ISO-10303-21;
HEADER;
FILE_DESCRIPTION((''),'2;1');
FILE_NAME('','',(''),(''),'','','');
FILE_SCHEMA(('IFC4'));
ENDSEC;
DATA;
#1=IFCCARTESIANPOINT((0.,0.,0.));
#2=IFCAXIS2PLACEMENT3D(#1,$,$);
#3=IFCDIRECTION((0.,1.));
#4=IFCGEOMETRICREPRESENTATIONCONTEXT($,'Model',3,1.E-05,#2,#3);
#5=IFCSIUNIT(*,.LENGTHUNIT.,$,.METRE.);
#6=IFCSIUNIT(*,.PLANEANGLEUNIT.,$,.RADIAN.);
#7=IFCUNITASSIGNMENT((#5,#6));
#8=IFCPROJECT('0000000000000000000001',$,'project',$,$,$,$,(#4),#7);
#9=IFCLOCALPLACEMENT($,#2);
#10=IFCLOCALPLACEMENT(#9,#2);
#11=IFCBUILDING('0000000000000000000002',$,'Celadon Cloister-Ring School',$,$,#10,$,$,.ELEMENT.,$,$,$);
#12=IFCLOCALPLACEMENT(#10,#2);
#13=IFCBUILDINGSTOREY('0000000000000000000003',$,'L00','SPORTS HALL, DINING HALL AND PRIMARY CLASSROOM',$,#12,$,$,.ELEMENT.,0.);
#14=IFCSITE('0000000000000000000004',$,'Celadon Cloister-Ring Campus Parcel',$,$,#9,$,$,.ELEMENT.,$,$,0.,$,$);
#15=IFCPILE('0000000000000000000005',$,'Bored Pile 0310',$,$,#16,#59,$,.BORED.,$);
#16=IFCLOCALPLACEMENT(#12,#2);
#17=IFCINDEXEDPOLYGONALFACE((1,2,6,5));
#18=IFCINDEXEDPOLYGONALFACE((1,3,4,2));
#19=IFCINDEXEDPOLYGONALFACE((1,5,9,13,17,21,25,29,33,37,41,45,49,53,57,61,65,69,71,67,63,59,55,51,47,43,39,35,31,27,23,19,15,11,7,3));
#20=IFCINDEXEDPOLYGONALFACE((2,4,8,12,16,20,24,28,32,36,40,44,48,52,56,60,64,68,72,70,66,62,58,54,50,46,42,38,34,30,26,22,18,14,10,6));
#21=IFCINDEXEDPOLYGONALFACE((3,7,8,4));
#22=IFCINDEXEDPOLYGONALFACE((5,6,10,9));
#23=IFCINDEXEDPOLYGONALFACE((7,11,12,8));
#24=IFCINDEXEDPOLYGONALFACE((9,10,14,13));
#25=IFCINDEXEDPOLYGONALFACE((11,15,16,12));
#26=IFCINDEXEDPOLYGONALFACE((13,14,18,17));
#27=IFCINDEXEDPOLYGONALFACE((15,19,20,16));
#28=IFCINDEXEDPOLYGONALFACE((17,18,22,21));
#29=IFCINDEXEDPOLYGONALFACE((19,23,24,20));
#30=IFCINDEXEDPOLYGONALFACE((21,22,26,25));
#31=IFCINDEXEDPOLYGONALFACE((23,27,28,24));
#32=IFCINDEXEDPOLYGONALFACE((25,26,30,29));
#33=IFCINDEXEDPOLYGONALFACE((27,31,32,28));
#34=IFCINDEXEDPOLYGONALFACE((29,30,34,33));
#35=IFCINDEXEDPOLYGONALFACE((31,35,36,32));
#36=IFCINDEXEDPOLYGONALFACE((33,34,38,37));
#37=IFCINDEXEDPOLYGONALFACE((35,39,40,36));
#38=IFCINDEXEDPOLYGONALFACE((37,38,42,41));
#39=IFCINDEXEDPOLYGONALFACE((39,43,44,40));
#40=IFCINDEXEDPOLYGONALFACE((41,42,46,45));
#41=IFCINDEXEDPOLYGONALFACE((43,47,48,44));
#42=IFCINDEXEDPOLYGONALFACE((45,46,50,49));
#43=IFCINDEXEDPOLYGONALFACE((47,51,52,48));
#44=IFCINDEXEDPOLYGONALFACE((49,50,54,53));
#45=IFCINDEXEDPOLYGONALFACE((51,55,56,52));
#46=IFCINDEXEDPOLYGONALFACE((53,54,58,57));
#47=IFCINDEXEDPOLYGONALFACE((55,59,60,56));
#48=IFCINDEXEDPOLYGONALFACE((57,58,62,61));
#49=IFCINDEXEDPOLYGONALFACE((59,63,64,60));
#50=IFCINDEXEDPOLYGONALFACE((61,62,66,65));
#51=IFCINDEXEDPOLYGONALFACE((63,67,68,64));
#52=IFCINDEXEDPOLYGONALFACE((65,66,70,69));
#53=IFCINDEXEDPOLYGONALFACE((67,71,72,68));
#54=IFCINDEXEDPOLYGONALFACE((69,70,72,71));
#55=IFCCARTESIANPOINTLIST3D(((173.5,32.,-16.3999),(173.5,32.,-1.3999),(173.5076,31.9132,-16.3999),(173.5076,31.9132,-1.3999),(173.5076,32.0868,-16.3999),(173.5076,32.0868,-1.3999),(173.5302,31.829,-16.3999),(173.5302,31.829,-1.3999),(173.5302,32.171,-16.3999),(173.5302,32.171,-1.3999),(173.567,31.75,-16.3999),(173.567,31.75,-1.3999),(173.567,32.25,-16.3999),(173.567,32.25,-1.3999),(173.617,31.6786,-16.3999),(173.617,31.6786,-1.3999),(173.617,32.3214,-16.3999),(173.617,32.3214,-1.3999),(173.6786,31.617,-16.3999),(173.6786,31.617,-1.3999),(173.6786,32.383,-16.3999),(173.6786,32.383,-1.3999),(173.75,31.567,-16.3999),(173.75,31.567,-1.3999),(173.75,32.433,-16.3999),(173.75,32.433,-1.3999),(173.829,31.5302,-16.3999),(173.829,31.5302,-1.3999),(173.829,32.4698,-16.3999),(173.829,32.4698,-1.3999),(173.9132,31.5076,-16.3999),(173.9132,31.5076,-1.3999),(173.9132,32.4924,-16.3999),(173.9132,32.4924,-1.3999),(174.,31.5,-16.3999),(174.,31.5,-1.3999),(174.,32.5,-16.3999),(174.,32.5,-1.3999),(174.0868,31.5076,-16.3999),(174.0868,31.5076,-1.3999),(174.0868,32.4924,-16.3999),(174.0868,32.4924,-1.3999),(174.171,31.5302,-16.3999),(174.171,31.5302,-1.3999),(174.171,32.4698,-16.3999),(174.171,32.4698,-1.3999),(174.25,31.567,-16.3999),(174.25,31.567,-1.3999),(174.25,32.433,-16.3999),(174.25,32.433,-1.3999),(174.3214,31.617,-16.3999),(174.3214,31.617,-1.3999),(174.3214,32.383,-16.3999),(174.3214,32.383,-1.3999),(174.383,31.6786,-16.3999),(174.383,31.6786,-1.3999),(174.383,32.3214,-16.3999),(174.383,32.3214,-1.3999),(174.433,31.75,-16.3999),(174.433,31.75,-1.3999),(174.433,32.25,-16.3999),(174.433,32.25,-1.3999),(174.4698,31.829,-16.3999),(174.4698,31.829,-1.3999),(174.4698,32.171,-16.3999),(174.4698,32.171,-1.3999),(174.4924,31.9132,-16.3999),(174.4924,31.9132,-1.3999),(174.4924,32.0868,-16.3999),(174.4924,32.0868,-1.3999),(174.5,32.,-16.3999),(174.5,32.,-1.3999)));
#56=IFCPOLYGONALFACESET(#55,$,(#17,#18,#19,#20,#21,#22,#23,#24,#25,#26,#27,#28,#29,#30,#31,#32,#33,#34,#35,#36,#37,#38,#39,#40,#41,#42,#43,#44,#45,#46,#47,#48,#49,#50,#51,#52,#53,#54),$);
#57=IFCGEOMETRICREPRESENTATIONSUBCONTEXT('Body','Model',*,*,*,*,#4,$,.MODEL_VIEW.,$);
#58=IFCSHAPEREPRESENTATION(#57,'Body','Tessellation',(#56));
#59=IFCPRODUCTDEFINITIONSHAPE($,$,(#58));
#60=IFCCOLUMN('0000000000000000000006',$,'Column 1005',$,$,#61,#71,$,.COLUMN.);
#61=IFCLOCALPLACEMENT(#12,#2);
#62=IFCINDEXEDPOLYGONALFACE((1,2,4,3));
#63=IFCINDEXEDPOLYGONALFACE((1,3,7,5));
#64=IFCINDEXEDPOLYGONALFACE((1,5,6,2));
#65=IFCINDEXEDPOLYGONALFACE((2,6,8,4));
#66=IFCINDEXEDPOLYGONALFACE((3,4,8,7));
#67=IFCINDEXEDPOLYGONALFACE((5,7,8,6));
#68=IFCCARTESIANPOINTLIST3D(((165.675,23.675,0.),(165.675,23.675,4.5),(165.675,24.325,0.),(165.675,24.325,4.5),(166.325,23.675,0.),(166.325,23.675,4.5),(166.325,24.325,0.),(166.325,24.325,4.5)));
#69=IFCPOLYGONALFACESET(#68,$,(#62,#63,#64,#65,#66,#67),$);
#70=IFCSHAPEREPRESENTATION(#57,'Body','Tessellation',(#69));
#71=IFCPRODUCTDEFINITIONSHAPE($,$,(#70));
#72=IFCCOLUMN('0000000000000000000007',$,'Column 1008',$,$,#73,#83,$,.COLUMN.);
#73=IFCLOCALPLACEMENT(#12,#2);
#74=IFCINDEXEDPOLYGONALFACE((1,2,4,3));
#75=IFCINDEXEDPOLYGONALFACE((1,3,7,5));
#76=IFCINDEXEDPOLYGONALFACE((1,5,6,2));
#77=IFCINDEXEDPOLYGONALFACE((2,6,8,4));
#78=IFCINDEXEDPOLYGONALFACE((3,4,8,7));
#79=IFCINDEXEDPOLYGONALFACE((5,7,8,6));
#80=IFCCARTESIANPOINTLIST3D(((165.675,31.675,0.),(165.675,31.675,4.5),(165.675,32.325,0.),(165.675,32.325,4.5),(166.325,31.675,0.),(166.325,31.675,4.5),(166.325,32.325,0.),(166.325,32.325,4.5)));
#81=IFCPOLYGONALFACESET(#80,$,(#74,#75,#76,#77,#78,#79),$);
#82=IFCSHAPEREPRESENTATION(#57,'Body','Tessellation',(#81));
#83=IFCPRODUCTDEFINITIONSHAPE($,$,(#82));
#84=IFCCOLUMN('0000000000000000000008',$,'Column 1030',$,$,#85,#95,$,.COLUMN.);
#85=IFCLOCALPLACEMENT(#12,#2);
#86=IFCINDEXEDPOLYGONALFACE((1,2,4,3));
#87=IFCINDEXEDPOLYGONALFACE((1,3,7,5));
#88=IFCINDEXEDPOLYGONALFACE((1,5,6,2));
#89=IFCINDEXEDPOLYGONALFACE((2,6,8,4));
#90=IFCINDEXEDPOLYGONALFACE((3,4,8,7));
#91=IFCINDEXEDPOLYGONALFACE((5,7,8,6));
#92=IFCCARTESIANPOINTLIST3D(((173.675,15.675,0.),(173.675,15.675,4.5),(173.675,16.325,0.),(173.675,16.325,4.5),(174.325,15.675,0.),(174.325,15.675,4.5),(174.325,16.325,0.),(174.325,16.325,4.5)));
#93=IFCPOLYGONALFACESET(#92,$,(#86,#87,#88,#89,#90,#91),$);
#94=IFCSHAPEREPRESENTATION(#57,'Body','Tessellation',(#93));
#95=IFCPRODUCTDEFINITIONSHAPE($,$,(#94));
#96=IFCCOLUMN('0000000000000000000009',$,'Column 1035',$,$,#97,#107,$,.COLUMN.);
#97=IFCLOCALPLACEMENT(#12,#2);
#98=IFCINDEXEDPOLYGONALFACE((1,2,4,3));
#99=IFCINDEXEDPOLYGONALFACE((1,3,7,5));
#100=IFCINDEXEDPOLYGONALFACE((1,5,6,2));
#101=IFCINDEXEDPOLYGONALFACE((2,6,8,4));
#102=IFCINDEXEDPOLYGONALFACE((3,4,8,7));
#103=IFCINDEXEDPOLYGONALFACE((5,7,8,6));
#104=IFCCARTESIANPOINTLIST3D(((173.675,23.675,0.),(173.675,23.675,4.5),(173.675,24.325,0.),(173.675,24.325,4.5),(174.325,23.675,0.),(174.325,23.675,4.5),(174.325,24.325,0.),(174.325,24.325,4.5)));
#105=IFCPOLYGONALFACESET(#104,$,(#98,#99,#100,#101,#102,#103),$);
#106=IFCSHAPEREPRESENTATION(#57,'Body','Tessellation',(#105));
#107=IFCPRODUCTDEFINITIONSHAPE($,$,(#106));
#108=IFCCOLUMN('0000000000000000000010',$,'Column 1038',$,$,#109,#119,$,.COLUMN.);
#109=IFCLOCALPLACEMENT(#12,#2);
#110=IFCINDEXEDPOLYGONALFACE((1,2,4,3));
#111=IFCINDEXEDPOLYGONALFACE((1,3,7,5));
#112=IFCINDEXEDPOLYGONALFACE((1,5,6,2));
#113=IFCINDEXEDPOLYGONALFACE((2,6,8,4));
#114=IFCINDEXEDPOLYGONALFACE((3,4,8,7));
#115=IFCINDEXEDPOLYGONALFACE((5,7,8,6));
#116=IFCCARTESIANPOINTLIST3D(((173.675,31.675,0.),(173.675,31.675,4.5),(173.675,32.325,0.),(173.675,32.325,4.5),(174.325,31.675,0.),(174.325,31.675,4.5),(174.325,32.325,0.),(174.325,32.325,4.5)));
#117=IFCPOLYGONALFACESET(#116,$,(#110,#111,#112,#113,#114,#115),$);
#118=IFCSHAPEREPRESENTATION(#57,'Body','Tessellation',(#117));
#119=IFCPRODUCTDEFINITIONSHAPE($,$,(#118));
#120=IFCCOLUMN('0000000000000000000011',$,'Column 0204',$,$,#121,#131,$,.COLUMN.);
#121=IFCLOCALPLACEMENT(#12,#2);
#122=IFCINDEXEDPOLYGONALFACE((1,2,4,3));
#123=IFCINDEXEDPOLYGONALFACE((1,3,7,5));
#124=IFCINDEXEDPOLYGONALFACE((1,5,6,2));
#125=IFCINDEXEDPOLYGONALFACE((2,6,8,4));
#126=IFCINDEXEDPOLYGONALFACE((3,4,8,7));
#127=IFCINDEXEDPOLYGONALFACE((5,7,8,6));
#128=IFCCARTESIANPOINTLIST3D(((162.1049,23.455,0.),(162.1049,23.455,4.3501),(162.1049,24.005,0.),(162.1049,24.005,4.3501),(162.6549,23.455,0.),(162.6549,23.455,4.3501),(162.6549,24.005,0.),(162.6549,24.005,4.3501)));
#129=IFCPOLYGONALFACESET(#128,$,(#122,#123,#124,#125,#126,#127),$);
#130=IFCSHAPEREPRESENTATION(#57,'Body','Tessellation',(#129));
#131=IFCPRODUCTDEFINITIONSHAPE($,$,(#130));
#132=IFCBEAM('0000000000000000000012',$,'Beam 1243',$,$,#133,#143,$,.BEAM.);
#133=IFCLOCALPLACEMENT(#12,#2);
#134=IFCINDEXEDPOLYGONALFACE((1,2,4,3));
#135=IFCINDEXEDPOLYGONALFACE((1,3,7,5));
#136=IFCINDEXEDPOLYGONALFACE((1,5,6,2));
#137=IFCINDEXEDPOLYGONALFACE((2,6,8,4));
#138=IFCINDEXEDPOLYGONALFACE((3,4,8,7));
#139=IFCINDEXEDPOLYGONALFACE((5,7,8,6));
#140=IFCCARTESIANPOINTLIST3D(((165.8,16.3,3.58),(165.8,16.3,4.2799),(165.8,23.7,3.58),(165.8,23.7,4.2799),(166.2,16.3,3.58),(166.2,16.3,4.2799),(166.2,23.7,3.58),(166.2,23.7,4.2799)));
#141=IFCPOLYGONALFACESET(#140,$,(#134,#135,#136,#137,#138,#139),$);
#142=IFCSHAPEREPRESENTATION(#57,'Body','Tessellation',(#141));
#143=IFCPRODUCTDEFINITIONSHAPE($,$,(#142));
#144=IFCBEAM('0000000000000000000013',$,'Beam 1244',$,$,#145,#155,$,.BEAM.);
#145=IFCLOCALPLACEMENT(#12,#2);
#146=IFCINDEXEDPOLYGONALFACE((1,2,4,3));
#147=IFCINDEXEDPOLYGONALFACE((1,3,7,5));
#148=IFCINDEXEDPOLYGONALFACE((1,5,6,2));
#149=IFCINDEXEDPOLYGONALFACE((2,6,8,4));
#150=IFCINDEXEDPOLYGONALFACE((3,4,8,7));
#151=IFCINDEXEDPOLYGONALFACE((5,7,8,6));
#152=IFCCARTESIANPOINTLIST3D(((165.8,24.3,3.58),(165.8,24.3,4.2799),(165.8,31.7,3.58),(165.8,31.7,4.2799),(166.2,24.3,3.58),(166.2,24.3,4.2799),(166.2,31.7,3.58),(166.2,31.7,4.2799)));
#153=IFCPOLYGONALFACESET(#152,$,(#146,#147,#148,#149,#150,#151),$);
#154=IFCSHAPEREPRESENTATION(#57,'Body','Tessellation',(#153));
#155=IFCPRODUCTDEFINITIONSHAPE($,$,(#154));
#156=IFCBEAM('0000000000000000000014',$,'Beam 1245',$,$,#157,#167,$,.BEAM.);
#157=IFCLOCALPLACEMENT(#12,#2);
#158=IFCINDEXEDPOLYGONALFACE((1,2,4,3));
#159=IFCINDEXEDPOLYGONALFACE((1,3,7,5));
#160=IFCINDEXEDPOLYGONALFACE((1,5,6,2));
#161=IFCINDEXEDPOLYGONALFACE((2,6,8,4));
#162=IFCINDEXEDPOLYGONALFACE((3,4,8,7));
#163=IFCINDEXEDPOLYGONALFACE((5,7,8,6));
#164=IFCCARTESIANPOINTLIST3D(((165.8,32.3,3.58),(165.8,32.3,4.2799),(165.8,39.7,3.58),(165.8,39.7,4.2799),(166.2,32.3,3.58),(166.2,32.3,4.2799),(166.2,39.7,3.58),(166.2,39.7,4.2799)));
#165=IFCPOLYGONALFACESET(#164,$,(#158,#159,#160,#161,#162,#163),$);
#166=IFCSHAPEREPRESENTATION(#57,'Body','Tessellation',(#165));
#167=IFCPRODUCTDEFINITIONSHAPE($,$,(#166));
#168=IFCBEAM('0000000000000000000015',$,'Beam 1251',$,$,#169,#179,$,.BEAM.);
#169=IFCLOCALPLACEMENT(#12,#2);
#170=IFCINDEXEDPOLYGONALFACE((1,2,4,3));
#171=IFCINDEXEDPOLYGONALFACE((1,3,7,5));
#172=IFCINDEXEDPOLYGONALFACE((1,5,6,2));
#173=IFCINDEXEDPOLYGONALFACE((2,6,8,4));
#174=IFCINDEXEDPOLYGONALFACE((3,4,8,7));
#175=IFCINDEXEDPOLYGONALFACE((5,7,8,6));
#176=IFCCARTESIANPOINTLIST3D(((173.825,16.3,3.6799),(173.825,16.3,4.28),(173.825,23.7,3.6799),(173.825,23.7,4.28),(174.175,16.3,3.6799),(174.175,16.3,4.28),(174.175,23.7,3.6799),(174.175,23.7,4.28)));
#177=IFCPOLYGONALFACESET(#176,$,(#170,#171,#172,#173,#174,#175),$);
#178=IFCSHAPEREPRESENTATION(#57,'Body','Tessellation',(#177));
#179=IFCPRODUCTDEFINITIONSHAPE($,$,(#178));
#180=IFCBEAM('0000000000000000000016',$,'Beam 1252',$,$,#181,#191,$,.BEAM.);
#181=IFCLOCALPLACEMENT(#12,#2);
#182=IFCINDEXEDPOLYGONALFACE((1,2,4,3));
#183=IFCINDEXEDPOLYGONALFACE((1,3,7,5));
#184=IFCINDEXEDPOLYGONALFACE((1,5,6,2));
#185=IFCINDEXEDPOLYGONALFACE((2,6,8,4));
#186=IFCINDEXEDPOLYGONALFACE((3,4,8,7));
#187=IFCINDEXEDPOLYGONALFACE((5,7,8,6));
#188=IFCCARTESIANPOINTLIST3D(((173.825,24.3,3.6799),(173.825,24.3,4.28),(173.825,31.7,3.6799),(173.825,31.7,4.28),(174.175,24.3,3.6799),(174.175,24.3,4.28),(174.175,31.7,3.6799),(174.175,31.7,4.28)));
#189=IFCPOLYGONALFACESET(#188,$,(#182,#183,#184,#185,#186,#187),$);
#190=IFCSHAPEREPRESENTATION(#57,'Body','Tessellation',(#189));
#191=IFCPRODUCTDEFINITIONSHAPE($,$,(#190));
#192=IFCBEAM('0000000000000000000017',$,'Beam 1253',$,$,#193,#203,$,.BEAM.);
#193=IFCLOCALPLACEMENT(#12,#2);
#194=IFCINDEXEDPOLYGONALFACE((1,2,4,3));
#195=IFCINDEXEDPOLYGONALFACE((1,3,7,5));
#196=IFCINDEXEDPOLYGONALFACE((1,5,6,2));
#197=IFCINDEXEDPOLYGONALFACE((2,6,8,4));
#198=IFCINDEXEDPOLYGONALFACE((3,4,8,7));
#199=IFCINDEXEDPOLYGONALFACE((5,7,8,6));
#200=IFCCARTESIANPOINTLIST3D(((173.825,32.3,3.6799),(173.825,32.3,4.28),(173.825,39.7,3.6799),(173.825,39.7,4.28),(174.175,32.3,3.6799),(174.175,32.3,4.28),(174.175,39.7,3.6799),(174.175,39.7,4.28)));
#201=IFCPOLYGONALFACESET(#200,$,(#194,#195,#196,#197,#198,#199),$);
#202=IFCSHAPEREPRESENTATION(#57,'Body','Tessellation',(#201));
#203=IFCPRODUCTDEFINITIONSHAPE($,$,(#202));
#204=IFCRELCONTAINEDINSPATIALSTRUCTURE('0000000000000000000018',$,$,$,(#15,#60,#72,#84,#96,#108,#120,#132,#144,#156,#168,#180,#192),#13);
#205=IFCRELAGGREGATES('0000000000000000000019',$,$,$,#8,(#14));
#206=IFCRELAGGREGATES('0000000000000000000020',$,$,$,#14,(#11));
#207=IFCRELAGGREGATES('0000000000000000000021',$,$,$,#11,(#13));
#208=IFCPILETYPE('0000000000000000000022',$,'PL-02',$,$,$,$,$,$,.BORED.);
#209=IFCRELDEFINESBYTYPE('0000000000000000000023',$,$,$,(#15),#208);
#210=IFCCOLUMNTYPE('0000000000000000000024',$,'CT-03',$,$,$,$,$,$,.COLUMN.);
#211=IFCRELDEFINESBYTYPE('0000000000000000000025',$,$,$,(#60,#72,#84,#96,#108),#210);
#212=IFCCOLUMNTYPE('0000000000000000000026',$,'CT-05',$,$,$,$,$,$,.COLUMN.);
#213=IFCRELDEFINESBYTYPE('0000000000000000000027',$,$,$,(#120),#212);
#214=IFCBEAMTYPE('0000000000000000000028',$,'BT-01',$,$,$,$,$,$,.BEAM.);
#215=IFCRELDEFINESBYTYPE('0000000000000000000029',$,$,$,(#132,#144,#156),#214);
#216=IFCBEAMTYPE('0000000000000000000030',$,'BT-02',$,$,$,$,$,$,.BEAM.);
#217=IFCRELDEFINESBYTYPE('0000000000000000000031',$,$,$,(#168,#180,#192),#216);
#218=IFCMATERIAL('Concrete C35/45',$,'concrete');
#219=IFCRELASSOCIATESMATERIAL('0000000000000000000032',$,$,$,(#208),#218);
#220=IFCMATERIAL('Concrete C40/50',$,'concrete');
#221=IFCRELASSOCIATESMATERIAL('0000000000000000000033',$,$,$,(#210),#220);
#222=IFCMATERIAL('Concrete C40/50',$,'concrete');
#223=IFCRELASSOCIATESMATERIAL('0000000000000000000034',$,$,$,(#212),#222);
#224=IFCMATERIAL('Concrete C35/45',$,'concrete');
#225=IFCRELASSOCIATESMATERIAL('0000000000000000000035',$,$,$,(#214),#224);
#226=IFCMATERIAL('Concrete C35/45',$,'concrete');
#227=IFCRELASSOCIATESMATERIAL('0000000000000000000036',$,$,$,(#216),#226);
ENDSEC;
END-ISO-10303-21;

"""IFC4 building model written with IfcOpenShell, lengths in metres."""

from ifc_helpers import new_model, si_unit, direction, frame, origin, origin_2d, place, context, subcontext, project, spatial, rectangle, circle, extrude, material, material_profile, profile_set, type_object, element, save


model = new_model("IFC4")

# Units and contexts
model_context = context("Model", 3, precision=1e-05, world=origin(), true_north=direction((0.0, 1.0)))
body_context = subcontext(model_context, "Body", "Model", "MODEL_VIEW")
ifc_project = project(units=[si_unit("LENGTHUNIT", "METRE"), si_unit("PLANEANGLEUNIT", "RADIAN")], contexts=[model_context])

# Site, building, storey
site_placement = place(None, origin())
site = spatial("IfcSite", under=ifc_project, at=site_placement, Name="Celadon Cloister-Ring Campus Parcel", CompositionType="ELEMENT", RefElevation=0.0)
building_placement = place(site_placement, origin())
building = spatial("IfcBuilding", under=site, at=building_placement, Name="Celadon Cloister-Ring School", CompositionType="ELEMENT")
storey_placement = place(building_placement, origin())
storey = spatial("IfcBuildingStorey", under=building, at=storey_placement, Name="L00", Description="SPORTS HALL, DINING HALL AND PRIMARY CLASSROOM", CompositionType="ELEMENT", Elevation=0.0)

# Pile
ifc_material_1 = material(Name="Concrete C35/45", Category="concrete")
ifc_material_profile_1 = material_profile(ifc_material_1, circle(Radius=0.5, at=origin_2d()), Name="PILE1000")
ifc_profile_set_1 = profile_set([ifc_material_profile_1], Name="Concrete C35/45")
pile_type_1 = type_object("IfcPileType", Name="PL-02", PredefinedType="BORED", material=ifc_profile_set_1)
for number, where, z_axis, x_axis, name in (
    (1, (174.0, 32.0, -1.3999), (0.0, 0.0, -1.0), (1.0, 0.0, 0.0), "Bored Pile 0310"),
):
    element("IfcPile", number, at=place(storey_placement, frame(where, z_axis=z_axis, x_axis=x_axis)), inside=storey, type_object=pile_type_1, Name=name, PredefinedType="BORED", context=body_context, shape_type="SweptSolid", body=[
        extrude(circle(Radius=0.5, at=origin_2d()), origin(), (0.0, 0.0, 1.0), 15.0),
    ])

# Columns
ifc_material_2 = material(Name="Concrete C40/50", Category="concrete")
ifc_material_profile_2 = material_profile(ifc_material_2, rectangle(XDim=0.6499, YDim=0.6499, at=origin_2d()), Name="RC650X650")
ifc_profile_set_2 = profile_set([ifc_material_profile_2], Name="Concrete C40/50")
column_type_1 = type_object("IfcColumnType", Name="CT-03", PredefinedType="COLUMN", material=ifc_profile_set_2)
for number, where, z_axis, x_axis, name in (
    (2, (166.0, 24.0, 0.0), (0.0, 0.0, 1.0), (1.0, 0.0, 0.0), "Column 1005"),
    (3, (166.0, 32.0, 0.0), (0.0, 0.0, 1.0), (1.0, 0.0, 0.0), "Column 1008"),
    (4, (174.0, 16.0, 0.0), (0.0, 0.0, 1.0), (1.0, 0.0, 0.0), "Column 1030"),
    (5, (174.0, 24.0, 0.0), (0.0, 0.0, 1.0), (1.0, 0.0, 0.0), "Column 1035"),
    (6, (174.0, 32.0, 0.0), (0.0, 0.0, 1.0), (1.0, 0.0, 0.0), "Column 1038"),
):
    element("IfcColumn", number, at=place(storey_placement, frame(where, z_axis=z_axis, x_axis=x_axis)), inside=storey, type_object=column_type_1, Name=name, PredefinedType="COLUMN", context=body_context, shape_type="SweptSolid", body=[
        extrude(rectangle(XDim=0.6499, YDim=0.6499, at=origin_2d()), origin(), (0.0, 0.0, 1.0), 4.5),
    ])
ifc_material_3 = material(Name="Concrete C40/50", Category="concrete")
ifc_material_profile_3 = material_profile(ifc_material_3, rectangle(XDim=0.55, YDim=0.55, at=origin_2d()), Name="RC550X550")
ifc_profile_set_3 = profile_set([ifc_material_profile_3], Name="Concrete C40/50")
column_type_2 = type_object("IfcColumnType", Name="CT-05", PredefinedType="COLUMN", material=ifc_profile_set_3)
column_placement = place(storey_placement, frame((162.3799, 23.73, 0.0), z_axis=(0.0, 0.0, 1.0), x_axis=(1.0, 0.0, 0.0)))
element("IfcColumn", 7, at=column_placement, inside=storey, type_object=column_type_2, Name="Column 0204", PredefinedType="COLUMN", context=body_context, shape_type="SweptSolid", body=[
    extrude(rectangle(XDim=0.55, YDim=0.55, at=origin_2d()), origin(), (0.0, 0.0, 1.0), 4.3501),
])

# Beams
ifc_material_4 = material(Name="Concrete C35/45", Category="concrete")
ifc_material_profile_4 = material_profile(ifc_material_4, rectangle(XDim=0.3999, YDim=0.7, at=origin_2d()), Name="RC400X700")
ifc_profile_set_4 = profile_set([ifc_material_profile_4], Name="Concrete C35/45")
beam_type_1 = type_object("IfcBeamType", Name="BT-01", PredefinedType="BEAM", material=ifc_profile_set_4)
for number, where, z_axis, x_axis, name in (
    (8, (166.0, 16.3, 3.9299), (0.0, 1.0, 0.0), (-1.0, 0.0, 0.0), "Beam 1243"),
    (9, (166.0, 24.3, 3.9299), (0.0, 1.0, 0.0), (-1.0, 0.0, 0.0), "Beam 1244"),
    (10, (166.0, 32.3, 3.9299), (0.0, 1.0, 0.0), (-1.0, 0.0, 0.0), "Beam 1245"),
):
    element("IfcBeam", number, at=place(storey_placement, frame(where, z_axis=z_axis, x_axis=x_axis)), inside=storey, type_object=beam_type_1, Name=name, PredefinedType="BEAM", context=body_context, shape_type="SweptSolid", body=[
        extrude(rectangle(XDim=0.3999, YDim=0.7, at=origin_2d()), origin(), (0.0, 0.0, 1.0), 7.3999),
    ])
ifc_material_5 = material(Name="Concrete C35/45", Category="concrete")
ifc_material_profile_5 = material_profile(ifc_material_5, rectangle(XDim=0.3501, YDim=0.6001, at=origin_2d()), Name="RC350X600")
ifc_profile_set_5 = profile_set([ifc_material_profile_5], Name="Concrete C35/45")
beam_type_2 = type_object("IfcBeamType", Name="BT-02", PredefinedType="BEAM", material=ifc_profile_set_5)
for number, where, z_axis, x_axis, name in (
    (11, (174.0, 16.3, 3.98), (0.0, 1.0, 0.0), (-1.0, 0.0, 0.0), "Beam 1251"),
    (12, (174.0, 24.3, 3.98), (0.0, 1.0, 0.0), (-1.0, 0.0, 0.0), "Beam 1252"),
    (13, (174.0, 32.3, 3.98), (0.0, 1.0, 0.0), (-1.0, 0.0, 0.0), "Beam 1253"),
):
    element("IfcBeam", number, at=place(storey_placement, frame(where, z_axis=z_axis, x_axis=x_axis)), inside=storey, type_object=beam_type_2, Name=name, PredefinedType="BEAM", context=body_context, shape_type="SweptSolid", body=[
        extrude(rectangle(XDim=0.3501, YDim=0.6001, at=origin_2d()), origin(), (0.0, 0.0, 1.0), 7.3999),
    ])

save(model, "model.ifc")
